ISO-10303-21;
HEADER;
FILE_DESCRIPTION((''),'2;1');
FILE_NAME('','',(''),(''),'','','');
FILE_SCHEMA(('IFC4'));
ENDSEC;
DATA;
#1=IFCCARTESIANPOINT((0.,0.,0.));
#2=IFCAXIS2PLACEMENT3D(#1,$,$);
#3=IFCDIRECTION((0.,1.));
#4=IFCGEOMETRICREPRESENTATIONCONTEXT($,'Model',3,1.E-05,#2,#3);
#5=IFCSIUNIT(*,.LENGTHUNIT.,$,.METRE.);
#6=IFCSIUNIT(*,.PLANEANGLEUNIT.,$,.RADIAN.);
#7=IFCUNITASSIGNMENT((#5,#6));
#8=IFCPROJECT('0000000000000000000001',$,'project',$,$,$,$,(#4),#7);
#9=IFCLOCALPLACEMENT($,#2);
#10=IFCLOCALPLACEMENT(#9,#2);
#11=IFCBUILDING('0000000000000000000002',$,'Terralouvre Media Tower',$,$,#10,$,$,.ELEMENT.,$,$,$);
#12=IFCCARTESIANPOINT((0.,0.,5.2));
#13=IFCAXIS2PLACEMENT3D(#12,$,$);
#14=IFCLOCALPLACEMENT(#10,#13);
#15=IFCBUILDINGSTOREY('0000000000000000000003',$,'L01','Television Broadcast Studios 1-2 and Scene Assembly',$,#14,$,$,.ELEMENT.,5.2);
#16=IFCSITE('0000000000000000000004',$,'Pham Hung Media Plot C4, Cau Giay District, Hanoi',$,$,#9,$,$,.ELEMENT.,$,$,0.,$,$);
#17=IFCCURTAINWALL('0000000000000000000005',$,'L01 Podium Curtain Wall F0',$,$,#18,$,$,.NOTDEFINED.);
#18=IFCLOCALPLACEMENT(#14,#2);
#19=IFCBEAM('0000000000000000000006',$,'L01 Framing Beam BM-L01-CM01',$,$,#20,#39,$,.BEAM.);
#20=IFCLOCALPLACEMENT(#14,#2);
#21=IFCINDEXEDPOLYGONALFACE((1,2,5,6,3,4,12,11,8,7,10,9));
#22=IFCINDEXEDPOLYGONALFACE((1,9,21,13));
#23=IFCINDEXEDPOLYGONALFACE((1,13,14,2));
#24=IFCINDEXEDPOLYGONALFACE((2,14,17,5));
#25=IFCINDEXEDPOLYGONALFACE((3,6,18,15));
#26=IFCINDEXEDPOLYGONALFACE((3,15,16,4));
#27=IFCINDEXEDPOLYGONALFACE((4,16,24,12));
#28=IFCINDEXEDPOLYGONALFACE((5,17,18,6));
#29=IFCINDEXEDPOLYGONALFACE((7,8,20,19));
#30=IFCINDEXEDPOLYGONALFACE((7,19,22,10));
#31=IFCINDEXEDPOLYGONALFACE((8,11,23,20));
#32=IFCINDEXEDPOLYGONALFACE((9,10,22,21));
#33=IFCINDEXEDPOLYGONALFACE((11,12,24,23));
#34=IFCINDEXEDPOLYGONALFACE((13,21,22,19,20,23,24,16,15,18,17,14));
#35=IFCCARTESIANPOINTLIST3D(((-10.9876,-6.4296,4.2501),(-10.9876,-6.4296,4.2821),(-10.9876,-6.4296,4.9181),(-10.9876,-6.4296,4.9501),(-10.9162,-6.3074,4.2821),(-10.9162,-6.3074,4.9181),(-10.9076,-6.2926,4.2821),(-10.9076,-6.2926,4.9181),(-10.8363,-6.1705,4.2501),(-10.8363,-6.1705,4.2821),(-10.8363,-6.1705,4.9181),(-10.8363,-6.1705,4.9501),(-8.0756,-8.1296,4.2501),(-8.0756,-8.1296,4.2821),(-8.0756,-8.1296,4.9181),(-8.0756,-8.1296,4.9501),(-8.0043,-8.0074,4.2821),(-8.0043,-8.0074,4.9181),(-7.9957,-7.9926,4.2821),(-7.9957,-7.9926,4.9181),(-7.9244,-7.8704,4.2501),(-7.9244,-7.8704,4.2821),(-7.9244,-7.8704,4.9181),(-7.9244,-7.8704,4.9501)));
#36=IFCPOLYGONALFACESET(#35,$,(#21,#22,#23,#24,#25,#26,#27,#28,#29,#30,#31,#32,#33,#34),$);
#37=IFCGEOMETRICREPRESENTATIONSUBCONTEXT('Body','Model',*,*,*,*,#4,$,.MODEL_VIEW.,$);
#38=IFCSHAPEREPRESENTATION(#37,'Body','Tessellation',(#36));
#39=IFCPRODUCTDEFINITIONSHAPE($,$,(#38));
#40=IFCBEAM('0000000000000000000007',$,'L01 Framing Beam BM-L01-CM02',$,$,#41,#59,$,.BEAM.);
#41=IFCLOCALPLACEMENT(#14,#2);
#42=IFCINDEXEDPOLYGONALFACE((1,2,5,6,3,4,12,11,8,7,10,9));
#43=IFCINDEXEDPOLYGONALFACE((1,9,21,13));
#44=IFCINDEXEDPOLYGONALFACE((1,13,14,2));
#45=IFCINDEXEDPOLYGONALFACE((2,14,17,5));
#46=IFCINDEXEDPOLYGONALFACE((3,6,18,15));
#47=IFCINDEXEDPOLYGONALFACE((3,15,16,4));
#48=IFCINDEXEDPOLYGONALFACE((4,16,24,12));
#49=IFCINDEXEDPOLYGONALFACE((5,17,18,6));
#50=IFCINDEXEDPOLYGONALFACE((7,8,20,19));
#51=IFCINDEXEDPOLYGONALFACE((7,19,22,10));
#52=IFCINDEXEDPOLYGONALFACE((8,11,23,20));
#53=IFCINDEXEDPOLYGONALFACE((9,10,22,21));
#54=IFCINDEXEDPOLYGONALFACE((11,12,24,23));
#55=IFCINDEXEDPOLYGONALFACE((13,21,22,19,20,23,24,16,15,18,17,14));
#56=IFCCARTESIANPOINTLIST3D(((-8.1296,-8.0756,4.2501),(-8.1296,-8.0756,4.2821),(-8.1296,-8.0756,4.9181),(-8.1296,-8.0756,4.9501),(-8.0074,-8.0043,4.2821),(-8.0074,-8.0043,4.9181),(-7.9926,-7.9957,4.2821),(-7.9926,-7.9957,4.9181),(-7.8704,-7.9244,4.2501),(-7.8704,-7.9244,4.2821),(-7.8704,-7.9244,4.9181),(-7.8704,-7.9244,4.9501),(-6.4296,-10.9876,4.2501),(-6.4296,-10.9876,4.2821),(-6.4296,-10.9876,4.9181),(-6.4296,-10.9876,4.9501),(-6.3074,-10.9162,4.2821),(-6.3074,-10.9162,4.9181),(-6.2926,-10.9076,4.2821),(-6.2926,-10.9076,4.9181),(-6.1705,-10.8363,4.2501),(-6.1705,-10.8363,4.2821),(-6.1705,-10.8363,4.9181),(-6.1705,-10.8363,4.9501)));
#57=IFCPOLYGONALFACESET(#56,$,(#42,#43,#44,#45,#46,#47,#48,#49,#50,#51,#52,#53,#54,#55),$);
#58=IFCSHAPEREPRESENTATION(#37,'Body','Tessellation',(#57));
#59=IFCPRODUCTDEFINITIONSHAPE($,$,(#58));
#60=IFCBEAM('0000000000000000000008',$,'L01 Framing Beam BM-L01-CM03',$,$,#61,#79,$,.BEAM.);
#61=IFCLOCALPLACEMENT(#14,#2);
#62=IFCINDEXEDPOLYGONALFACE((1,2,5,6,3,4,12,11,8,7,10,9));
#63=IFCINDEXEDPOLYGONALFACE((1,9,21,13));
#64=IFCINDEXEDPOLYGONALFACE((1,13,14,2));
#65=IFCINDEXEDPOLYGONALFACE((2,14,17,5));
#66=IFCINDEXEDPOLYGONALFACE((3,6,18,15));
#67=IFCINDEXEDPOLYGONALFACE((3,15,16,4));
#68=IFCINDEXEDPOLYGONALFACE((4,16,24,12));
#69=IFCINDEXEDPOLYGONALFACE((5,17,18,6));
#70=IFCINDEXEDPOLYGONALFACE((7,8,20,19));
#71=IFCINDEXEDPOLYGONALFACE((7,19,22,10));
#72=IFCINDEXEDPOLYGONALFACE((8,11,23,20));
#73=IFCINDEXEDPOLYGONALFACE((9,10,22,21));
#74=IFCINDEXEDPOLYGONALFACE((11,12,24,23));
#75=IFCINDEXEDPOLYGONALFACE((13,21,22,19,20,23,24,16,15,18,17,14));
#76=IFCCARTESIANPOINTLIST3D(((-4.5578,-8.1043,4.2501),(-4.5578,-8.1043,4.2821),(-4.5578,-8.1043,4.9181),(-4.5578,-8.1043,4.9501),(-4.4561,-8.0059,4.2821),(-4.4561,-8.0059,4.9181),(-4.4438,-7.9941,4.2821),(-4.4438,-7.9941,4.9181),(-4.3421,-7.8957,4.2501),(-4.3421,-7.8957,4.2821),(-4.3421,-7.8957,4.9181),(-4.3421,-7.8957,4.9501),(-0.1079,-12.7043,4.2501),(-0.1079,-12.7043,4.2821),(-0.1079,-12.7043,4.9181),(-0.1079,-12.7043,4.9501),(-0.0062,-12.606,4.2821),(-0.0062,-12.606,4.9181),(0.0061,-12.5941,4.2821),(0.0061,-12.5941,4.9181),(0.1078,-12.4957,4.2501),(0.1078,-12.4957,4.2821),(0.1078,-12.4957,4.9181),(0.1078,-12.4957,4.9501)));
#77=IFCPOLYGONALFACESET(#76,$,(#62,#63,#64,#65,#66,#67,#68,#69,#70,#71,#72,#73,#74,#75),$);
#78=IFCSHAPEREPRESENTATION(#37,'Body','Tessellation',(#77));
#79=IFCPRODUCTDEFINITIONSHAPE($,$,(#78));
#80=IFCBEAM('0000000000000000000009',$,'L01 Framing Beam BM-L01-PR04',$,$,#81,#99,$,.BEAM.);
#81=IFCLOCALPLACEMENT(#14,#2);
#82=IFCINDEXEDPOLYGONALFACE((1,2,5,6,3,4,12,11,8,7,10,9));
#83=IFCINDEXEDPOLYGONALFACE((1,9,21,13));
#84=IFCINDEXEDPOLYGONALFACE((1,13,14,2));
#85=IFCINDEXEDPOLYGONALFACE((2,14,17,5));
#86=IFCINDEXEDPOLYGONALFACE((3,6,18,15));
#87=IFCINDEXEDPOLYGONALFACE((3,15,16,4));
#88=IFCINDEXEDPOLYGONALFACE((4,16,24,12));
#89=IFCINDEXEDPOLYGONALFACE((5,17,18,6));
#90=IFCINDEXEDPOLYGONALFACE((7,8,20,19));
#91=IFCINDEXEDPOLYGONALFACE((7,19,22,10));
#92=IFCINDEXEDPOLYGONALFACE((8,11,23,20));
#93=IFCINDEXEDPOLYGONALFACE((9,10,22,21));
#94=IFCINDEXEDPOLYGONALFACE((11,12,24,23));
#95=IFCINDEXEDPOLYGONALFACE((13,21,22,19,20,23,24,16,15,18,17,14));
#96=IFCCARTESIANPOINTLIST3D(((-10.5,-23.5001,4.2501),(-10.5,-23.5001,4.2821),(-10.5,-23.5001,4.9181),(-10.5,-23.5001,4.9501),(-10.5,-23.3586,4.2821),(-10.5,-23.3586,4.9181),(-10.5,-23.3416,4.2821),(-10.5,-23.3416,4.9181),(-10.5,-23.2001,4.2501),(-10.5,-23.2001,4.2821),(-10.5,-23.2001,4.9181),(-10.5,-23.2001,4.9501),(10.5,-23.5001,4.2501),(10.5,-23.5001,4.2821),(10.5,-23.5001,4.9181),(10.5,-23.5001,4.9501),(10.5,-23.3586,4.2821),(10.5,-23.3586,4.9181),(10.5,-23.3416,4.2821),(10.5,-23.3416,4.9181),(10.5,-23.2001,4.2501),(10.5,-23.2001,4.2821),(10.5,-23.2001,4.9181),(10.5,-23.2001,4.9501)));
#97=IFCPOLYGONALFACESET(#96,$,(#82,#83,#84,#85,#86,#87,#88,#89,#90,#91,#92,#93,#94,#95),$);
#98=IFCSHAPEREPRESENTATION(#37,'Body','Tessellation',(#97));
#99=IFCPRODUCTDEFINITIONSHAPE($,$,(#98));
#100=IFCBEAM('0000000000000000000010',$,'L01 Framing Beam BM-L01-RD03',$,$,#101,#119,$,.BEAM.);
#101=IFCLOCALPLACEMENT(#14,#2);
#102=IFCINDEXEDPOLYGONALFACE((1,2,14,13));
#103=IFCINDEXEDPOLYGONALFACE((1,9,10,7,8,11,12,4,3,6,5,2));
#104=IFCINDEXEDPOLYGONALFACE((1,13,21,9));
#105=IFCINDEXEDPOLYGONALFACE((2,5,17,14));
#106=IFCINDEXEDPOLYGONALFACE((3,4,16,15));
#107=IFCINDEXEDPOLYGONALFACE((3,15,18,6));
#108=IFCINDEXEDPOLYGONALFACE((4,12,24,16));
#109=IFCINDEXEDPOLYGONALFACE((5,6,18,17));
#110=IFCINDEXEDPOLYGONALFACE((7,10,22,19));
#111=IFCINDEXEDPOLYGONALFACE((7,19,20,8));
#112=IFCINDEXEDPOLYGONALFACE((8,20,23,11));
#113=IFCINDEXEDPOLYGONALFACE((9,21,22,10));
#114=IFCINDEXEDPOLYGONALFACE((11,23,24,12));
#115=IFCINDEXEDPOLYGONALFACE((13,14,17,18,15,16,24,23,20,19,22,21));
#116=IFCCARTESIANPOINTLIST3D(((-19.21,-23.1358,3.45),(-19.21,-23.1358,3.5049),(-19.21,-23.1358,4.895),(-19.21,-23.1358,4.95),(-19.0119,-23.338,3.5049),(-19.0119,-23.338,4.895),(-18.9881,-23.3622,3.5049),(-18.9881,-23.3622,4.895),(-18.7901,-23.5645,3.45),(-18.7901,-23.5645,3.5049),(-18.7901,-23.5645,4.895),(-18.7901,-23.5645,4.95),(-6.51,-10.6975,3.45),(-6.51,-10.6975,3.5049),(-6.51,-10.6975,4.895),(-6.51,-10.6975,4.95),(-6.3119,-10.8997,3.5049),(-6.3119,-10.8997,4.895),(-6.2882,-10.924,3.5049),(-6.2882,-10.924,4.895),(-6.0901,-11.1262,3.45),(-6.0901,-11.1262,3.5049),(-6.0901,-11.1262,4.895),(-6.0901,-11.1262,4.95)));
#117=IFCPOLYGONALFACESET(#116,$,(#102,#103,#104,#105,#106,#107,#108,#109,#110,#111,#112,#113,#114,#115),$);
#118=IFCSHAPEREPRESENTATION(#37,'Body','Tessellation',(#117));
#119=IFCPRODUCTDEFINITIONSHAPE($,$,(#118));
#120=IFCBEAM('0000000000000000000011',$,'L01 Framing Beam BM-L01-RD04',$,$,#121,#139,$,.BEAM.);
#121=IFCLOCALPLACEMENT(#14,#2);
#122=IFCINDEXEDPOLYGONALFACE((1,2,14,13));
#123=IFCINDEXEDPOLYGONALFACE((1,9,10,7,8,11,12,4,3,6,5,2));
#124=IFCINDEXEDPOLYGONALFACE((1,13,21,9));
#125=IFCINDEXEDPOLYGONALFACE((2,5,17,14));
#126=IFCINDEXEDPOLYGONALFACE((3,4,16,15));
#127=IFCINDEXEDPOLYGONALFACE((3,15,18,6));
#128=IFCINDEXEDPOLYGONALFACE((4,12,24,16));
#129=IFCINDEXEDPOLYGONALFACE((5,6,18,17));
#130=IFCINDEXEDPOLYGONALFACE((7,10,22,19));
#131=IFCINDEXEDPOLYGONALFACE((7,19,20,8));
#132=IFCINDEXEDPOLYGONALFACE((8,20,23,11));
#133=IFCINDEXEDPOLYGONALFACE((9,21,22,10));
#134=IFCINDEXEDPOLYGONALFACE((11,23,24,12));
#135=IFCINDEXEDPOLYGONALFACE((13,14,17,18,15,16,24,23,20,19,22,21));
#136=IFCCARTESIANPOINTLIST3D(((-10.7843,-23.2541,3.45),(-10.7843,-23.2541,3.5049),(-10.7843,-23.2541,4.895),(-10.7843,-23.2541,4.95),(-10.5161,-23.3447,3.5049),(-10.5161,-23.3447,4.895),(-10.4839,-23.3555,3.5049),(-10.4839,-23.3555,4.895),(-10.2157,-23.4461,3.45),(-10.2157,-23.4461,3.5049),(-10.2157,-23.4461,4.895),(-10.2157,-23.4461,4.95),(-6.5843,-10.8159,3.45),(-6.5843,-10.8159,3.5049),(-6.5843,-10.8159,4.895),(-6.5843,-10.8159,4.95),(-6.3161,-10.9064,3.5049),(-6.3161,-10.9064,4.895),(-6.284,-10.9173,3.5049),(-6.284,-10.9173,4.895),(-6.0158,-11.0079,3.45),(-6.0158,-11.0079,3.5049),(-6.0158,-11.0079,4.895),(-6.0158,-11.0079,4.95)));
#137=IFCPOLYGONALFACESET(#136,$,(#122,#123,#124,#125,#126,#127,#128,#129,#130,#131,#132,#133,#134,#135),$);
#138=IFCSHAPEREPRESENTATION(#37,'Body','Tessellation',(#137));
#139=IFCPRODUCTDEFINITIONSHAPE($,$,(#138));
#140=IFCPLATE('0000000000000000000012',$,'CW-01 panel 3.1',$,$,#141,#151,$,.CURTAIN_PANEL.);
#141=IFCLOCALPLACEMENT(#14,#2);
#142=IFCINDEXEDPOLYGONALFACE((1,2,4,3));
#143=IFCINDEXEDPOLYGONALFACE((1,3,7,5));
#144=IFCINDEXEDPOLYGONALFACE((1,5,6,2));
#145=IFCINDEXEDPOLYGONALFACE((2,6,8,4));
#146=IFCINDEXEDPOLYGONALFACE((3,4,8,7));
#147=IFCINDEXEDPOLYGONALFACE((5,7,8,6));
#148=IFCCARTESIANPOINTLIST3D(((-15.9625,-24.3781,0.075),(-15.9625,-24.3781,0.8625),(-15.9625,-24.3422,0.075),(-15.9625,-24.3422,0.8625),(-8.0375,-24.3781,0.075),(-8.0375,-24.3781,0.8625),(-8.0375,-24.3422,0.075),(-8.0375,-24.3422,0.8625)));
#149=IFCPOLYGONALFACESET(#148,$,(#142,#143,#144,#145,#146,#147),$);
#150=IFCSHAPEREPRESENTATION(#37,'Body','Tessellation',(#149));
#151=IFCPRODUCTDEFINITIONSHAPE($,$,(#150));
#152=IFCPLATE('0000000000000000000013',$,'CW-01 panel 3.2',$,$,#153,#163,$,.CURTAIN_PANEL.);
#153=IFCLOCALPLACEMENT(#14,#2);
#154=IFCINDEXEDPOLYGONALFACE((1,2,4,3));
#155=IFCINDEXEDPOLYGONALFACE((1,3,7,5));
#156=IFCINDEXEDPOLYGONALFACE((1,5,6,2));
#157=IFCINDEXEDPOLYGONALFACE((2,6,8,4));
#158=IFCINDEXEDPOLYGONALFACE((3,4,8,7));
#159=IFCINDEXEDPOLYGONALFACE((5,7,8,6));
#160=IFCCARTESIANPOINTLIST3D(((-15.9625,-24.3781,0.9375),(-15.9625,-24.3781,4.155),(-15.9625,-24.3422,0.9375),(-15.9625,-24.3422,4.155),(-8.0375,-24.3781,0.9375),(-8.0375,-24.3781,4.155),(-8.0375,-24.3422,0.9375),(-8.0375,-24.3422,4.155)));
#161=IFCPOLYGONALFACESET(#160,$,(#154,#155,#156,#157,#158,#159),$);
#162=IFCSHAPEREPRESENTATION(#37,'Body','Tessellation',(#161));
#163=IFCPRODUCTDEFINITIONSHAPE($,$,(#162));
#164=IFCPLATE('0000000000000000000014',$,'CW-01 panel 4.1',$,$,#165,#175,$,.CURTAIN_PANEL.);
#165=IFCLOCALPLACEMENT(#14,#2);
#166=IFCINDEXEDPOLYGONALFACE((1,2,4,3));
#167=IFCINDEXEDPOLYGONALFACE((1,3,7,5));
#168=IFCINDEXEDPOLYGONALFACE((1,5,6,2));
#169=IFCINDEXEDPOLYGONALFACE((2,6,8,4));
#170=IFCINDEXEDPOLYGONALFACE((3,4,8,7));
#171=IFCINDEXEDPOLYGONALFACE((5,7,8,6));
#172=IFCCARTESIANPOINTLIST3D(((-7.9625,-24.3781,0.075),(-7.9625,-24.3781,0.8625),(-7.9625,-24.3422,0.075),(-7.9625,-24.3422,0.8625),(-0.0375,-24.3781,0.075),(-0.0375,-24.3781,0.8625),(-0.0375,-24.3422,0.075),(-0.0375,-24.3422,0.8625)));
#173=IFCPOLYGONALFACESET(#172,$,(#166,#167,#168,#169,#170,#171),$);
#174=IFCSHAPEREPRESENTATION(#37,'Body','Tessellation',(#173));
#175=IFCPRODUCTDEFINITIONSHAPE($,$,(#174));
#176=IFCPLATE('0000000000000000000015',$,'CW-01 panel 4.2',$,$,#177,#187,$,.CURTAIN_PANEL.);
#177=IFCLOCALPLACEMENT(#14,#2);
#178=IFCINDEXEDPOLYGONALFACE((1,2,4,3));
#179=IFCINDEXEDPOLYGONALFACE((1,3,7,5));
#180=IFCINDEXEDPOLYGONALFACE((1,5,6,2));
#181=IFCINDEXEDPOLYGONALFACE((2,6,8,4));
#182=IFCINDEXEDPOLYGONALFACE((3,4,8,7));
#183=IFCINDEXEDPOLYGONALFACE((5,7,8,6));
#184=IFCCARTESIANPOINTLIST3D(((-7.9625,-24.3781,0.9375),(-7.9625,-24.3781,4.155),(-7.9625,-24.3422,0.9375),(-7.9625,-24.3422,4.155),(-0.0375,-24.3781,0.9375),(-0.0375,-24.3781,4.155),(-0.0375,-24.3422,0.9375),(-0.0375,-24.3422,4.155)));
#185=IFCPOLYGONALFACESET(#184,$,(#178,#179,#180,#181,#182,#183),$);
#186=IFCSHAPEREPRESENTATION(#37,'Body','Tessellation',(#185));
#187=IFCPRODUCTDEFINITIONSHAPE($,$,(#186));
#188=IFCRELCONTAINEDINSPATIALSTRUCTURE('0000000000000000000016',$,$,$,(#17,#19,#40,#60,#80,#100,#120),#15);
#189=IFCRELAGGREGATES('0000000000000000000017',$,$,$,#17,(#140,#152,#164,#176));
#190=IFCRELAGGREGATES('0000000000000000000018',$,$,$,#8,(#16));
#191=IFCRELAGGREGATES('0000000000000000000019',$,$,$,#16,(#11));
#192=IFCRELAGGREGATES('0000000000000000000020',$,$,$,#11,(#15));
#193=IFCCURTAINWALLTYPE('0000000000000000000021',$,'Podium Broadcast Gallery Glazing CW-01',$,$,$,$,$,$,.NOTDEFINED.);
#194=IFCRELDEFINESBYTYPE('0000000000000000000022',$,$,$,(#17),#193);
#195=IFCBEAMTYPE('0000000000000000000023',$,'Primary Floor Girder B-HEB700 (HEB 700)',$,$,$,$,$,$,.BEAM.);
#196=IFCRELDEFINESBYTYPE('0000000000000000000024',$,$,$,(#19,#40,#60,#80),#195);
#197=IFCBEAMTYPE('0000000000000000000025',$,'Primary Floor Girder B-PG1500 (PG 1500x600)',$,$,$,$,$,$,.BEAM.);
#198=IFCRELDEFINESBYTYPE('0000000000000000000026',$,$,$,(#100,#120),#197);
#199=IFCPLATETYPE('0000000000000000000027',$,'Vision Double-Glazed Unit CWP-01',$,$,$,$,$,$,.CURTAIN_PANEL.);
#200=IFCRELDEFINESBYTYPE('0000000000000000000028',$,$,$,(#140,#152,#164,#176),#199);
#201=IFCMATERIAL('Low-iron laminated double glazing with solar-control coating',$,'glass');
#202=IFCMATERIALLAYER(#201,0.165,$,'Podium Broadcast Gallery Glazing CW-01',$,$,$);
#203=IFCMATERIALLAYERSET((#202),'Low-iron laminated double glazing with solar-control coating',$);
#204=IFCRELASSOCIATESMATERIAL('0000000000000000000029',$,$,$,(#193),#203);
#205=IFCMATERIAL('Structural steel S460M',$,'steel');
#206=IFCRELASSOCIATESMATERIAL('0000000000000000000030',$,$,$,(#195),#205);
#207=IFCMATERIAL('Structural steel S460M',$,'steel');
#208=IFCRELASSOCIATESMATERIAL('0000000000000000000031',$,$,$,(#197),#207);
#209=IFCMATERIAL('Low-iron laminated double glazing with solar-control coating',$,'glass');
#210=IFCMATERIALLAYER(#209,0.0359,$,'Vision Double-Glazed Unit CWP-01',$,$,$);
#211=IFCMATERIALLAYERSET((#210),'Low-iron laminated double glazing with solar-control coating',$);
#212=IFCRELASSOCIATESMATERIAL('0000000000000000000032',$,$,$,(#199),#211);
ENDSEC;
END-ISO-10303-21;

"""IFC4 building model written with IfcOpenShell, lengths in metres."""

from ifc_helpers import new_model, si_unit, direction, frame, origin, origin_2d, place, context, subcontext, project, spatial, rectangle, i_section, extrude, material, layer, layer_set, material_profile, profile_set, type_object, element, aggregate, save


model = new_model("IFC4")

# Units and contexts
model_context = context("Model", 3, precision=1e-05, world=origin(), true_north=direction((0.0, 1.0)))
body_context = subcontext(model_context, "Body", "Model", "MODEL_VIEW")
ifc_project = project(units=[si_unit("LENGTHUNIT", "METRE"), si_unit("PLANEANGLEUNIT", "RADIAN")], contexts=[model_context])

# Site, building, storey
site_placement = place(None, origin())
site = spatial("IfcSite", under=ifc_project, at=site_placement, Name="Pham Hung Media Plot C4, Cau Giay District, Hanoi", CompositionType="ELEMENT", RefElevation=0.0)
building_placement = place(site_placement, origin())
building = spatial("IfcBuilding", under=site, at=building_placement, Name="Terralouvre Media Tower", CompositionType="ELEMENT")
storey_placement = place(building_placement, frame((0.0, 0.0, 5.2)))
storey = spatial("IfcBuildingStorey", under=building, at=storey_placement, Name="L01", Description="Television Broadcast Studios 1-2 and Scene Assembly", CompositionType="ELEMENT", Elevation=5.2)

# Curtain wall
ifc_material_1 = material(Name="Low-iron laminated double glazing with solar-control coating", Category="glass")
ifc_layer_1 = layer(ifc_material_1, 0.165, Name="Podium Broadcast Gallery Glazing CW-01")
ifc_layer_set_1 = layer_set([ifc_layer_1], Name="Low-iron laminated double glazing with solar-control coating")
curtain_wall_type = type_object("IfcCurtainWallType", Name="Podium Broadcast Gallery Glazing CW-01", PredefinedType="NOTDEFINED", material=ifc_layer_set_1)
curtain_wall_placement = place(storey_placement, origin())
curtain_wall = element("IfcCurtainWall", 1, at=curtain_wall_placement, inside=storey, type_object=curtain_wall_type, Name="L01 Podium Curtain Wall F0", PredefinedType="NOTDEFINED")

# Beams
ifc_material_2 = material(Name="Structural steel S460M", Category="steel")
ifc_material_profile_1 = material_profile(ifc_material_2, i_section(OverallWidth=0.3, OverallDepth=0.7, WebThickness=0.0171, FlangeThickness=0.032, at=origin_2d()), Name="HEB 700")
ifc_profile_set_1 = profile_set([ifc_material_profile_1], Name="Structural steel S460M")
beam_type_1 = type_object("IfcBeamType", Name="Primary Floor Girder B-HEB700 (HEB 700)", PredefinedType="BEAM", material=ifc_profile_set_1)
for number, where, z_axis, x_axis, name in (
    (2, (-8.0, -8.0, 4.6001), (-0.863603, 0.504173, 0.0), (-0.504173, -0.863603, 0.0), "L01 Framing Beam BM-L01-CM01"),
    (3, (-8.0, -8.0, 4.6001), (0.504173, -0.863603, 0.0), (0.863603, 0.504173, 0.0), "L01 Framing Beam BM-L01-CM02"),
):
    element("IfcBeam", number, at=place(storey_placement, frame(where, z_axis=z_axis, x_axis=x_axis)), inside=storey, type_object=beam_type_1, Name=name, PredefinedType="BEAM", context=body_context, shape_type="SweptSolid", body=[
        extrude(i_section(OverallWidth=0.3, OverallDepth=0.7, WebThickness=0.0171, FlangeThickness=0.032, at=origin_2d()), origin(), (0.0, 0.0, 1.0), 3.3718),
    ])
beam_1_placement = place(storey_placement, frame((-4.45, -8.0, 4.6001), z_axis=(0.69528, -0.718739, 0.0), x_axis=(0.718739, 0.69528, 0.0)))
element("IfcBeam", 4, at=beam_1_placement, inside=storey, type_object=beam_type_1, Name="L01 Framing Beam BM-L01-CM03", PredefinedType="BEAM", context=body_context, shape_type="SweptSolid", body=[
    extrude(i_section(OverallWidth=0.3, OverallDepth=0.7, WebThickness=0.0171, FlangeThickness=0.032, at=origin_2d()), origin(), (0.0, 0.0, 1.0), 6.4001),
])
beam_2_placement = place(storey_placement, frame((-10.5, -23.3501, 4.6001), z_axis=(1.0, 0.0, 0.0), x_axis=(0.0, 1.0, 0.0)))
element("IfcBeam", 5, at=beam_2_placement, inside=storey, type_object=beam_type_1, Name="L01 Framing Beam BM-L01-PR04", PredefinedType="BEAM", context=body_context, shape_type="SweptSolid", body=[
    extrude(i_section(OverallWidth=0.3, OverallDepth=0.7, WebThickness=0.0171, FlangeThickness=0.032, at=origin_2d()), origin(), (0.0, 0.0, 1.0), 21.0),
])
ifc_material_3 = material(Name="Structural steel S460M", Category="steel")
ifc_material_profile_2 = material_profile(ifc_material_3, i_section(OverallWidth=0.6001, OverallDepth=1.5, WebThickness=0.0339, FlangeThickness=0.0549, at=origin_2d()), Name="PG 1500x600")
ifc_profile_set_2 = profile_set([ifc_material_profile_2], Name="Structural steel S460M")
beam_type_2 = type_object("IfcBeamType", Name="Primary Floor Girder B-PG1500 (PG 1500x600)", PredefinedType="BEAM", material=ifc_profile_set_2)
beam_3_placement = place(storey_placement, frame((-6.3, -10.9119, 4.2), z_axis=(-0.71443, -0.699707, 0.0), x_axis=(0.699707, -0.71443, 0.0)))
element("IfcBeam", 6, at=beam_3_placement, inside=storey, type_object=beam_type_2, Name="L01 Framing Beam BM-L01-RD03", PredefinedType="BEAM", context=body_context, shape_type="SweptSolid", body=[
    extrude(i_section(OverallWidth=0.6001, OverallDepth=1.5, WebThickness=0.0339, FlangeThickness=0.0549, at=origin_2d()), origin(), (0.0, 0.0, 1.0), 17.7764),
])
beam_4_placement = place(storey_placement, frame((-6.3, -10.9119, 4.2), z_axis=(-0.319919, -0.947445, 0.0), x_axis=(0.947445, -0.319919, 0.0)))
element("IfcBeam", 7, at=beam_4_placement, inside=storey, type_object=beam_type_2, Name="L01 Framing Beam BM-L01-RD04", PredefinedType="BEAM", context=body_context, shape_type="SweptSolid", body=[
    extrude(i_section(OverallWidth=0.6001, OverallDepth=1.5, WebThickness=0.0339, FlangeThickness=0.0549, at=origin_2d()), origin(), (0.0, 0.0, 1.0), 13.1282),
])

# Plates
ifc_material_4 = material(Name="Low-iron laminated double glazing with solar-control coating", Category="glass")
ifc_layer_2 = layer(ifc_material_4, 0.0359, Name="Vision Double-Glazed Unit CWP-01")
ifc_layer_set_2 = layer_set([ifc_layer_2], Name="Low-iron laminated double glazing with solar-control coating")
plate_type = type_object("IfcPlateType", Name="Vision Double-Glazed Unit CWP-01", PredefinedType="CURTAIN_PANEL", material=ifc_layer_set_2)
plate_1_placement = place(storey_placement, frame((-12.0, -24.3601, 0.075), z_axis=(0.0, 0.0, 1.0), x_axis=(1.0, 0.0, 0.0)))
plate_1 = element("IfcPlate", 8, at=plate_1_placement, type_object=plate_type, Name="CW-01 panel 3.1", PredefinedType="CURTAIN_PANEL", context=body_context, shape_type="SweptSolid", body=[
    extrude(rectangle(XDim=7.925, YDim=0.0359, at=origin_2d()), origin(), (0.0, 0.0, 1.0), 0.7876),
])
plate_2_placement = place(storey_placement, frame((-12.0, -24.3601, 0.9375), z_axis=(0.0, 0.0, 1.0), x_axis=(1.0, 0.0, 0.0)))
plate_2 = element("IfcPlate", 9, at=plate_2_placement, type_object=plate_type, Name="CW-01 panel 3.2", PredefinedType="CURTAIN_PANEL", context=body_context, shape_type="SweptSolid", body=[
    extrude(rectangle(XDim=7.925, YDim=0.0359, at=origin_2d()), origin(), (0.0, 0.0, 1.0), 3.2175),
])
plate_3_placement = place(storey_placement, frame((-4.0, -24.3601, 0.075), z_axis=(0.0, 0.0, 1.0), x_axis=(1.0, 0.0, 0.0)))
plate_3 = element("IfcPlate", 10, at=plate_3_placement, type_object=plate_type, Name="CW-01 panel 4.1", PredefinedType="CURTAIN_PANEL", context=body_context, shape_type="SweptSolid", body=[
    extrude(rectangle(XDim=7.925, YDim=0.0359, at=origin_2d()), origin(), (0.0, 0.0, 1.0), 0.7876),
])
plate_4_placement = place(storey_placement, frame((-4.0, -24.3601, 0.9375), z_axis=(0.0, 0.0, 1.0), x_axis=(1.0, 0.0, 0.0)))
plate_4 = element("IfcPlate", 11, at=plate_4_placement, type_object=plate_type, Name="CW-01 panel 4.2", PredefinedType="CURTAIN_PANEL", context=body_context, shape_type="SweptSolid", body=[
    extrude(rectangle(XDim=7.925, YDim=0.0359, at=origin_2d()), origin(), (0.0, 0.0, 1.0), 3.2175),
])
aggregate(curtain_wall, [plate_1, plate_2, plate_3, plate_4])

save(model, "model.ifc")
